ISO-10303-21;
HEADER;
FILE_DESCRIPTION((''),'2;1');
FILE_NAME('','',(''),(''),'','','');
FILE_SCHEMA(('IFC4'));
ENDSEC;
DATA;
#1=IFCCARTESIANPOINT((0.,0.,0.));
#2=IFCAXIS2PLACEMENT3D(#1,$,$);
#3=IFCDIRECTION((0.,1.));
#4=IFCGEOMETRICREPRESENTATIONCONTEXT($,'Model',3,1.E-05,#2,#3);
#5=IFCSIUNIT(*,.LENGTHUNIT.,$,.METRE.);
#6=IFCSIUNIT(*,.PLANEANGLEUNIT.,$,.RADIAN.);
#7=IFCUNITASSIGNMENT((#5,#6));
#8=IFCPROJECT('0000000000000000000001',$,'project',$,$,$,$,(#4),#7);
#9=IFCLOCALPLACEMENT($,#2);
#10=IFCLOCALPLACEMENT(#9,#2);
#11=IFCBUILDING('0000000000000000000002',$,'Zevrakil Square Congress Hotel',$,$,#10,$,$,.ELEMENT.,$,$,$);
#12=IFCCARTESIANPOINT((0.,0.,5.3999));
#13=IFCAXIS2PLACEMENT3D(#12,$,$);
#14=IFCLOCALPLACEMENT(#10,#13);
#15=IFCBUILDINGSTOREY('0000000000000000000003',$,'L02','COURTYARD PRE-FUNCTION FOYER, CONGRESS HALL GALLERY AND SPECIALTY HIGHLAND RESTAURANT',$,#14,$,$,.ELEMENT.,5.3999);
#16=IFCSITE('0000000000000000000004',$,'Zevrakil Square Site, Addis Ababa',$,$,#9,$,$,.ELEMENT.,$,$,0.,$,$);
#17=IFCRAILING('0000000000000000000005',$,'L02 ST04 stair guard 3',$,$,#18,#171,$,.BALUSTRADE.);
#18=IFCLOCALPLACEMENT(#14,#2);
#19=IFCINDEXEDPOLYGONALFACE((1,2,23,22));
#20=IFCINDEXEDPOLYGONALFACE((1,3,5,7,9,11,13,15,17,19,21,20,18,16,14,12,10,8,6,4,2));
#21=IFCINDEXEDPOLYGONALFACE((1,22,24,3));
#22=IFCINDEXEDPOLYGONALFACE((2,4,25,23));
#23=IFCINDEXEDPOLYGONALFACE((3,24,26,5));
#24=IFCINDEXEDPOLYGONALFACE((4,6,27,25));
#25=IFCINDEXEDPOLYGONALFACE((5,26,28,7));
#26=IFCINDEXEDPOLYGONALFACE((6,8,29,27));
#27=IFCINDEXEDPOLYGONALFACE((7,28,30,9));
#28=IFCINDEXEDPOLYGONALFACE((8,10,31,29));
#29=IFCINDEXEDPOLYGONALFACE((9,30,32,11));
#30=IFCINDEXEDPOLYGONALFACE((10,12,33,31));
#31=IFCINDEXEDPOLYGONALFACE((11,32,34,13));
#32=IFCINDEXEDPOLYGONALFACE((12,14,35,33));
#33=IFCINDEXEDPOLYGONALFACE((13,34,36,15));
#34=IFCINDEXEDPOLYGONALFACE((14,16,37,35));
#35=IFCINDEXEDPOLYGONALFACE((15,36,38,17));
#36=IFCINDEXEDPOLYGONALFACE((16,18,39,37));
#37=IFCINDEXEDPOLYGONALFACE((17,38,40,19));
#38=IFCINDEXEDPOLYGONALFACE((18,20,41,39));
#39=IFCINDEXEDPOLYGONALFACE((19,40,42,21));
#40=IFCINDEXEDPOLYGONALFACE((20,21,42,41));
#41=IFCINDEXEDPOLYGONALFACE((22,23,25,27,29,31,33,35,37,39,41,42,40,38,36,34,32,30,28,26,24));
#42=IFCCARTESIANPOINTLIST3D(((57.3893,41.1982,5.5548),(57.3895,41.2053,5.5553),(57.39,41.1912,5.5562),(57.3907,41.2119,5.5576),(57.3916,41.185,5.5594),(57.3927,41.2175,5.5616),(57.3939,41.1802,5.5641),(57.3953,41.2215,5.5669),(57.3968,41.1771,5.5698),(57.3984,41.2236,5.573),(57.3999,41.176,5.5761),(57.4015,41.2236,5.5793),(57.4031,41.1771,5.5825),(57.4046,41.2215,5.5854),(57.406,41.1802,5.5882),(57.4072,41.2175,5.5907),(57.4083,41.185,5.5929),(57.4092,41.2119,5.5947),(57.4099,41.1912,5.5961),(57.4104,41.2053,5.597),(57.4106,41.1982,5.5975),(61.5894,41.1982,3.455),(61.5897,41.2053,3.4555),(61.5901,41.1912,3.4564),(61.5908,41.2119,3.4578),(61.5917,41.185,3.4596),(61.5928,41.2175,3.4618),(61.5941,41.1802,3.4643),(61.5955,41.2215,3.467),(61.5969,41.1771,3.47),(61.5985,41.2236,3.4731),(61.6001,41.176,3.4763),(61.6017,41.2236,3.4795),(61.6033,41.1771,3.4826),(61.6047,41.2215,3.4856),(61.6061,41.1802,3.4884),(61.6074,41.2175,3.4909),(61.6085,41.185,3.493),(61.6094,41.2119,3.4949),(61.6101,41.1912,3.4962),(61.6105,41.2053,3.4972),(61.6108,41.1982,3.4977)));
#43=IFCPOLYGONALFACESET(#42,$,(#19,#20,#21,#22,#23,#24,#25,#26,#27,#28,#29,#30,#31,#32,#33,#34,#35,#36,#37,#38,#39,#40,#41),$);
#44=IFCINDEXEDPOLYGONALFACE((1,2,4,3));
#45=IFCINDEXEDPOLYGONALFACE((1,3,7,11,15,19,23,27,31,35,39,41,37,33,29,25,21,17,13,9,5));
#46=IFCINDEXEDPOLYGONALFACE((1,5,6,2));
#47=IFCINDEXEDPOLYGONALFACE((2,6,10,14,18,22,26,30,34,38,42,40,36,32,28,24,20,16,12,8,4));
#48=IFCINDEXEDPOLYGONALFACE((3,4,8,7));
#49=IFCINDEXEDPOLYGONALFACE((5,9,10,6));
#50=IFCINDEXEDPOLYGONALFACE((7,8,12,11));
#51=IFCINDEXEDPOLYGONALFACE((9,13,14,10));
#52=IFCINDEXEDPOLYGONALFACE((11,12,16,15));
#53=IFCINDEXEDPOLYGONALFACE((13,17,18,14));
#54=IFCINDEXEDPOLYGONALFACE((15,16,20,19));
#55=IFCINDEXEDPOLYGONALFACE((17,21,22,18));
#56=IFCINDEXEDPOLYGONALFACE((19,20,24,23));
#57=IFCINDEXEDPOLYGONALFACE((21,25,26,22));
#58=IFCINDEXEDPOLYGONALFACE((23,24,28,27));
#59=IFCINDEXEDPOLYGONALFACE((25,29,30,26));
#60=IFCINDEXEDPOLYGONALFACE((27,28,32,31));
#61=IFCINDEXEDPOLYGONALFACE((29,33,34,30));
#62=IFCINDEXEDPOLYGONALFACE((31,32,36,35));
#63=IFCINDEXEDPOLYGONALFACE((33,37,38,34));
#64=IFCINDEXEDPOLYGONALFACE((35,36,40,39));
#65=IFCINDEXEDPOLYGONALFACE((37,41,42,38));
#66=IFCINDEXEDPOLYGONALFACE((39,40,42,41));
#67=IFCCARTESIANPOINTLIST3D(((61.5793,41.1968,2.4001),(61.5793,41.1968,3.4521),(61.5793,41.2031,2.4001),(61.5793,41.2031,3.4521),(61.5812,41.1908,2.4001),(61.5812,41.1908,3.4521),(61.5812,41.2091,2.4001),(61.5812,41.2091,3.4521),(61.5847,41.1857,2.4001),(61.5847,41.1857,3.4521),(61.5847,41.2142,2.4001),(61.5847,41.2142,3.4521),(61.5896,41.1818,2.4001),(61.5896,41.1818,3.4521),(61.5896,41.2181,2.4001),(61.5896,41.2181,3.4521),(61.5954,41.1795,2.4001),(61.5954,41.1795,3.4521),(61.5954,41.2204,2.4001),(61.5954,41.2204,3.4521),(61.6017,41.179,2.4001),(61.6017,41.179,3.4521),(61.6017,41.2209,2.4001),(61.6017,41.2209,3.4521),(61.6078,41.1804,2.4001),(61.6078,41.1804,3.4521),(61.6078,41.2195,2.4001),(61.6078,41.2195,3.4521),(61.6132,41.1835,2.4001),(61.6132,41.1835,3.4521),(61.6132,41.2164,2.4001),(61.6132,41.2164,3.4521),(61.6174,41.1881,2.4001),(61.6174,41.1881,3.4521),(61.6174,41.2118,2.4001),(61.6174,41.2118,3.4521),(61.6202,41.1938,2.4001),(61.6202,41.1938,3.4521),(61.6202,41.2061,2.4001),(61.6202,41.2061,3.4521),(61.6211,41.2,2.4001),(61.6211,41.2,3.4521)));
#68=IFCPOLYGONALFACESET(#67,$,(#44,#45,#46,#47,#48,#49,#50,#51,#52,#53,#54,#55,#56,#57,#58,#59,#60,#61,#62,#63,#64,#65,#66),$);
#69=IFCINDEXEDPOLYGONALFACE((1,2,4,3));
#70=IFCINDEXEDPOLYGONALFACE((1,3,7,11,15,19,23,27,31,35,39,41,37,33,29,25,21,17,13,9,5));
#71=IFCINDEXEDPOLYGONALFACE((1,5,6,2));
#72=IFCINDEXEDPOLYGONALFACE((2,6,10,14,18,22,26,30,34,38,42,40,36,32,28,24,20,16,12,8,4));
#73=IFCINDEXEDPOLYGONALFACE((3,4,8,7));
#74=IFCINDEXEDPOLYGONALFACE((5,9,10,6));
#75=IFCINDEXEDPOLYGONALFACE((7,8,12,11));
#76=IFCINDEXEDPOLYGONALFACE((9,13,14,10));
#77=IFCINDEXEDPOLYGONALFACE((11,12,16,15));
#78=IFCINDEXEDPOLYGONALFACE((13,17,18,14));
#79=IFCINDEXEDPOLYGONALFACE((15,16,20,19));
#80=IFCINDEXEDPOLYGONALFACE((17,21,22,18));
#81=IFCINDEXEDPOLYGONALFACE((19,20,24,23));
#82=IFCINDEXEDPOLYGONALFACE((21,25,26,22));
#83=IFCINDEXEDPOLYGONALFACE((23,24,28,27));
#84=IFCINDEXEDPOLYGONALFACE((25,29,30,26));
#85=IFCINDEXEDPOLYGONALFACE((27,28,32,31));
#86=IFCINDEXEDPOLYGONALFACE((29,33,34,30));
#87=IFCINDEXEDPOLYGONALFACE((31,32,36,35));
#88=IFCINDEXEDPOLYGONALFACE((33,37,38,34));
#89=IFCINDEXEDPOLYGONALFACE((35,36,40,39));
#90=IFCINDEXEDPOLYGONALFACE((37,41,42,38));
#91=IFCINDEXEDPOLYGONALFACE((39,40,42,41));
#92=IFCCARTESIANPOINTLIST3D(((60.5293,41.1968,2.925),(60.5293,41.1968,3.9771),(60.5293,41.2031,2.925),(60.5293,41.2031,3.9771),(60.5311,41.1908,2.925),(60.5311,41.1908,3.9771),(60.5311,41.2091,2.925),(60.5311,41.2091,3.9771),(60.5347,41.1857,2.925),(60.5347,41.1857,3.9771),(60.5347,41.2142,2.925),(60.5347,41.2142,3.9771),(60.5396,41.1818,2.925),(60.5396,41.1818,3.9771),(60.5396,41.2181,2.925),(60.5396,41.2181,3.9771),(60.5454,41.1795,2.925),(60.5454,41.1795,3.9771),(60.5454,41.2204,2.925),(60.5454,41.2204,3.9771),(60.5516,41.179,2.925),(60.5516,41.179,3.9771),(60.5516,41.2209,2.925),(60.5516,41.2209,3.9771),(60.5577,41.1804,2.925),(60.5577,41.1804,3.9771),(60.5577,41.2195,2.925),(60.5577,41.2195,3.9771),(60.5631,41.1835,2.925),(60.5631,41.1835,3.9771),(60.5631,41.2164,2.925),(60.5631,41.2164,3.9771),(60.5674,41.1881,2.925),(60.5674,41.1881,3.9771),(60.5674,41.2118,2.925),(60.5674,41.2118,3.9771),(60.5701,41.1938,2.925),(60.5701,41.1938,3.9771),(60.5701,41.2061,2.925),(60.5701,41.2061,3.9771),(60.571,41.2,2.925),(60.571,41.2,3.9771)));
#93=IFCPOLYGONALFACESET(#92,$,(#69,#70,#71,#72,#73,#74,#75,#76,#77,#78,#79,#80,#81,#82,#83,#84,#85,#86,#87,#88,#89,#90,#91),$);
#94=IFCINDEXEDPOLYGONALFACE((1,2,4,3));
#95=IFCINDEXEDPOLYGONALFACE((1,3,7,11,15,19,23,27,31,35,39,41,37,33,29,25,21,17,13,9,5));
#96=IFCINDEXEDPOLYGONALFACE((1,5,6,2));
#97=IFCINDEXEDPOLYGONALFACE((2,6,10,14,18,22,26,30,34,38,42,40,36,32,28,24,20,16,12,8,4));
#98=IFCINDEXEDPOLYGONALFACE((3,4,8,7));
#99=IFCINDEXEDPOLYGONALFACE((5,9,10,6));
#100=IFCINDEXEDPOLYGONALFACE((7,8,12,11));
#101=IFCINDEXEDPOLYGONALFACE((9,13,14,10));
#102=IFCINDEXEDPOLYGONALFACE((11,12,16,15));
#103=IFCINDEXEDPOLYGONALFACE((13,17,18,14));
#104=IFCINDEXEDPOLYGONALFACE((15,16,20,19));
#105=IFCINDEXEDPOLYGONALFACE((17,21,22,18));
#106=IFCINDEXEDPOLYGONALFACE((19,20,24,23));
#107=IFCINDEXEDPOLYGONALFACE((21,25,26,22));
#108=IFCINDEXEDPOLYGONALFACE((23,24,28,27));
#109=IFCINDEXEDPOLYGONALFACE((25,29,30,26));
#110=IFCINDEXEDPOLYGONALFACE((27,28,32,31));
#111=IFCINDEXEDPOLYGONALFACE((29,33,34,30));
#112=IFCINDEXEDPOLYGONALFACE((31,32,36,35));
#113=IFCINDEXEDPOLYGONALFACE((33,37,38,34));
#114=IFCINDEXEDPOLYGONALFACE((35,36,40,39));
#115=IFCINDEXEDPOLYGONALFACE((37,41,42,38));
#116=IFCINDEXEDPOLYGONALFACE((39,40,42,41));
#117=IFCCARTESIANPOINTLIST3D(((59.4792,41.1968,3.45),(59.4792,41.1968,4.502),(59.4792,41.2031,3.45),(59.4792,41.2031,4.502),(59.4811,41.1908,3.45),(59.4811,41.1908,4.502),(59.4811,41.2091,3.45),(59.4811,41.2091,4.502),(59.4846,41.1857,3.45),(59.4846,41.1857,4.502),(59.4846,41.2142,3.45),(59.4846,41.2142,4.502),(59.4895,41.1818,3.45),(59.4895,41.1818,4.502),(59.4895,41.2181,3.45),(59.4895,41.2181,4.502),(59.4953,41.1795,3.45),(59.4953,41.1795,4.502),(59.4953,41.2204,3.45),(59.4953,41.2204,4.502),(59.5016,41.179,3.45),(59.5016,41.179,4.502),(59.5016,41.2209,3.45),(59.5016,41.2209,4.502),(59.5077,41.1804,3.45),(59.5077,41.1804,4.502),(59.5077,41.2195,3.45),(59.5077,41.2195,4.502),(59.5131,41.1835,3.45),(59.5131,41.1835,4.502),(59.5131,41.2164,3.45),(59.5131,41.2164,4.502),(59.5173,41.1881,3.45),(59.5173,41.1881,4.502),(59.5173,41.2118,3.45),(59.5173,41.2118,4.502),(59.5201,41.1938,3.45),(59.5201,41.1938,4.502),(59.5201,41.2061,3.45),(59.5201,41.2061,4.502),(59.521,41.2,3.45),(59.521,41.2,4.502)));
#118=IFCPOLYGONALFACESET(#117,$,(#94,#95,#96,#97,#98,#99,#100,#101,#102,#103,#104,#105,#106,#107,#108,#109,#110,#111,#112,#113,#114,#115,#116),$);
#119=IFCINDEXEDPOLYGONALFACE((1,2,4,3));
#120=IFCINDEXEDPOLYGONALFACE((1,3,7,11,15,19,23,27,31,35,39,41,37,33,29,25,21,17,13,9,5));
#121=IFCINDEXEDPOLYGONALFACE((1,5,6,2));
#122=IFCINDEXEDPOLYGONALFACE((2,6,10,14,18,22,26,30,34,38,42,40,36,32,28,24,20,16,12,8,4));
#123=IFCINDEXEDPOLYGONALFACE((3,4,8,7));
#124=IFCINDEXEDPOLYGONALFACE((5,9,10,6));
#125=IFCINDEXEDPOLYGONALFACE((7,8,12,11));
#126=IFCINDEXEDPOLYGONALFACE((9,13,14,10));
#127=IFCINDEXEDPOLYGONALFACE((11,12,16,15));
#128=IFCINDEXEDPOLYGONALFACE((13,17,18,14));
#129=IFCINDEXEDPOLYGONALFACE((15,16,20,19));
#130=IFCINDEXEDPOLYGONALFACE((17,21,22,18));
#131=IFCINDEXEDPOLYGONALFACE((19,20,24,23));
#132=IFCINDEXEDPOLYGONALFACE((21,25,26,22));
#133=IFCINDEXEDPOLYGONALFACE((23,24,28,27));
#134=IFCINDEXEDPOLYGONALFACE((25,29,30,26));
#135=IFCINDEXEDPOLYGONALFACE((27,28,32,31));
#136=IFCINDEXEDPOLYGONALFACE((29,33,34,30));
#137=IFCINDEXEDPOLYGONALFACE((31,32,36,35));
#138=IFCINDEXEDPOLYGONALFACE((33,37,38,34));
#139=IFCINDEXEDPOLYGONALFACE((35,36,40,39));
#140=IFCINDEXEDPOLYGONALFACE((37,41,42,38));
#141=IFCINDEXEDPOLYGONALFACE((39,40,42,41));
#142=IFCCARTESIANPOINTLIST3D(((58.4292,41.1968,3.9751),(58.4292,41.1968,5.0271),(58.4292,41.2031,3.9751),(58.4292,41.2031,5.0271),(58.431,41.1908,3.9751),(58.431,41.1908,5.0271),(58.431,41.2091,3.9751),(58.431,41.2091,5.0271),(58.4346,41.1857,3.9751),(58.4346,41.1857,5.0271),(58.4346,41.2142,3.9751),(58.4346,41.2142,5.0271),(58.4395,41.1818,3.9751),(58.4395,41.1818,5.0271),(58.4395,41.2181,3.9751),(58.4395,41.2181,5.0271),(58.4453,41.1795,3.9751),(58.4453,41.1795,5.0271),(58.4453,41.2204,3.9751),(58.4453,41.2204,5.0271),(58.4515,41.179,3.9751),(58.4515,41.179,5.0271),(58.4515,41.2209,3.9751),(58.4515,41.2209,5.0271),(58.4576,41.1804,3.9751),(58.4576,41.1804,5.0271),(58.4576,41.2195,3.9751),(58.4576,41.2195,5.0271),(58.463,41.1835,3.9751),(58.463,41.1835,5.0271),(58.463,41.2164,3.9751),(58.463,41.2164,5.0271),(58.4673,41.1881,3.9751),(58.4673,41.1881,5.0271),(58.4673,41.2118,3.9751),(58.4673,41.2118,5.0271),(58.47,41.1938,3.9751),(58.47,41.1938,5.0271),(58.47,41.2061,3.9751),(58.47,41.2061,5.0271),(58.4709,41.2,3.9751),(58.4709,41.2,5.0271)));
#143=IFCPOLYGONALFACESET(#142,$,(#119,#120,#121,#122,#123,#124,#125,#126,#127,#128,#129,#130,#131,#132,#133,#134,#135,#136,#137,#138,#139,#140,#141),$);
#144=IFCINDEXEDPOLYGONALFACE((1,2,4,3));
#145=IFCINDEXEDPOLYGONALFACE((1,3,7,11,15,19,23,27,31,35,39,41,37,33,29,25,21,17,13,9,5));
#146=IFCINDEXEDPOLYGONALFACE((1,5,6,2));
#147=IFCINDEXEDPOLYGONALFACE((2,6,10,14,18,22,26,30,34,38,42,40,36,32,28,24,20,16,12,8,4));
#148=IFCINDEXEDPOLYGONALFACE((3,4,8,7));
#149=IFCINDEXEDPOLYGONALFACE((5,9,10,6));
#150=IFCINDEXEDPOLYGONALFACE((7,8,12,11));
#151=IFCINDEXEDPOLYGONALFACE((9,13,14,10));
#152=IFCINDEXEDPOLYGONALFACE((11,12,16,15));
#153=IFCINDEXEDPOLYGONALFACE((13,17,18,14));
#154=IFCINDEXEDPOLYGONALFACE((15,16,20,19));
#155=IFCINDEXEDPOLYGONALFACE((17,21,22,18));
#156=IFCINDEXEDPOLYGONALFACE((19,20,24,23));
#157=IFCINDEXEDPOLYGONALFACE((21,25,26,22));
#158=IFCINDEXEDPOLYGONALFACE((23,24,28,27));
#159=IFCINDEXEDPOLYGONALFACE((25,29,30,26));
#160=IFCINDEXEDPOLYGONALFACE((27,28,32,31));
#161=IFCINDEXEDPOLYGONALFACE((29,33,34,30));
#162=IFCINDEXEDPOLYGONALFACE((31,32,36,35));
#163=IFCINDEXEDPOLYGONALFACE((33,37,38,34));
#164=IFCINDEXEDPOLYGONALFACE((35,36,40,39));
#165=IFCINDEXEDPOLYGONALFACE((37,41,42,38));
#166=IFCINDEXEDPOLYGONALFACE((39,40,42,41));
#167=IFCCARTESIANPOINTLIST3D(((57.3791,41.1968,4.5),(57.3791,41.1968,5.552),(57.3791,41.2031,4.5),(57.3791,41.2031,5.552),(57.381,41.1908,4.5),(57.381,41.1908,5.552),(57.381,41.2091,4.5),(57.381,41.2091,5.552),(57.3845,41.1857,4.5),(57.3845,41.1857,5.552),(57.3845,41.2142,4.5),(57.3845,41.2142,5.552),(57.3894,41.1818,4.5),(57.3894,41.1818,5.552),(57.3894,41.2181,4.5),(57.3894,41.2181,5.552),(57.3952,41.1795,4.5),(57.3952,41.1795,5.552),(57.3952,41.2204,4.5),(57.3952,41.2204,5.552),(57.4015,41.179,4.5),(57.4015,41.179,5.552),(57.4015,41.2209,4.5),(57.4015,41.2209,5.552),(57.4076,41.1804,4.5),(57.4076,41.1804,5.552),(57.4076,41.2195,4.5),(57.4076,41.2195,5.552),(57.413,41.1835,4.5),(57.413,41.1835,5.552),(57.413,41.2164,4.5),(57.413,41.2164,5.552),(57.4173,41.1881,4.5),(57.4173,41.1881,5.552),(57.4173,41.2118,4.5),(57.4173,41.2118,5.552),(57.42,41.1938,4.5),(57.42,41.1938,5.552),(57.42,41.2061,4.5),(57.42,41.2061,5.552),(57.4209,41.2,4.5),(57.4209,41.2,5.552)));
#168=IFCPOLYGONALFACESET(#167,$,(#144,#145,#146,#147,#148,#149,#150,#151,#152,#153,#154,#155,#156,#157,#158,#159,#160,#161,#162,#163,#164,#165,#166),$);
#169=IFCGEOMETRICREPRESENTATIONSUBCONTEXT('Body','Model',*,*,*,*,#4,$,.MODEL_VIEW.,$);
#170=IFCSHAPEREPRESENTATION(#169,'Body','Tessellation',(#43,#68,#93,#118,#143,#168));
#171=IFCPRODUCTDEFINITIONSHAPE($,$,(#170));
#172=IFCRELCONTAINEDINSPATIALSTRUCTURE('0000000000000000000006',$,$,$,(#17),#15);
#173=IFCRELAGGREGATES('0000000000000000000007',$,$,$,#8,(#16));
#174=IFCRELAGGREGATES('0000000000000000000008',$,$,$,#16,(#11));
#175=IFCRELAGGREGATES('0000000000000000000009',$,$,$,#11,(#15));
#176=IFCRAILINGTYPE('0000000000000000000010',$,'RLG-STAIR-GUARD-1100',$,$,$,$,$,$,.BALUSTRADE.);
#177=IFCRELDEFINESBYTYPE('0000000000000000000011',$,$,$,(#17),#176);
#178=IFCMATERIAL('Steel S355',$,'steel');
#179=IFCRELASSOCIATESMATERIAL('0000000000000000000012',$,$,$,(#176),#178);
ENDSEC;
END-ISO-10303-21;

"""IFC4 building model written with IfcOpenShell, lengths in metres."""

from ifc_helpers import new_model, si_unit, direction, frame, origin, origin_2d, place, context, subcontext, project, spatial, circle, extrude, material, type_object, element, save


model = new_model("IFC4")

# Units and contexts
model_context = context("Model", 3, precision=1e-05, world=origin(), true_north=direction((0.0, 1.0)))
body_context = subcontext(model_context, "Body", "Model", "MODEL_VIEW")
ifc_project = project(units=[si_unit("LENGTHUNIT", "METRE"), si_unit("PLANEANGLEUNIT", "RADIAN")], contexts=[model_context])

# Site, building, storey
site_placement = place(None, origin())
site = spatial("IfcSite", under=ifc_project, at=site_placement, Name="Zevrakil Square Site, Addis Ababa", CompositionType="ELEMENT", RefElevation=0.0)
building_placement = place(site_placement, origin())
building = spatial("IfcBuilding", under=site, at=building_placement, Name="Zevrakil Square Congress Hotel", CompositionType="ELEMENT")
storey_placement = place(building_placement, frame((0.0, 0.0, 5.3999)))
storey = spatial("IfcBuildingStorey", under=building, at=storey_placement, Name="L02", Description="COURTYARD PRE-FUNCTION FOYER, CONGRESS HALL GALLERY AND SPECIALTY HIGHLAND RESTAURANT", CompositionType="ELEMENT", Elevation=5.3999)

# Railing
ifc_material_1 = material(Name="Steel S355", Category="steel")
railing_type_1 = type_object("IfcRailingType", Name="RLG-STAIR-GUARD-1100", PredefinedType="BALUSTRADE", material=ifc_material_1)
railing_1_placement = place(storey_placement, frame((61.6001, 41.2, 2.4001)))
element("IfcRailing", 1, at=railing_1_placement, inside=storey, type_object=railing_type_1, Name="L02 ST04 stair guard 3", PredefinedType="BALUSTRADE", context=body_context, shape_type="SweptSolid", body=[
    extrude(circle(Radius=0.0239, at=origin_2d()), frame((0.0, 0.0, 1.0762), z_axis=(-0.894448, 0.0, 0.447172), x_axis=(0.0, -1.0, 0.0)), (0.0, 0.0, 1.0), 4.6958),
    extrude(circle(Radius=0.021, at=origin_2d()), origin(), (0.0, 0.0, 1.0), 1.052),
    extrude(circle(Radius=0.021, at=origin_2d()), frame((-1.05, 0.0, 0.5249)), (0.0, 0.0, 1.0), 1.052),
    extrude(circle(Radius=0.021, at=origin_2d()), frame((-2.1001, 0.0, 1.0498)), (0.0, 0.0, 1.0), 1.052),
    extrude(circle(Radius=0.021, at=origin_2d()), frame((-3.1501, 0.0, 1.575)), (0.0, 0.0, 1.0), 1.052),
    extrude(circle(Radius=0.021, at=origin_2d()), frame((-4.2002, 0.0, 2.0999)), (0.0, 0.0, 1.0), 1.052),
])

save(model, "model.ifc")
